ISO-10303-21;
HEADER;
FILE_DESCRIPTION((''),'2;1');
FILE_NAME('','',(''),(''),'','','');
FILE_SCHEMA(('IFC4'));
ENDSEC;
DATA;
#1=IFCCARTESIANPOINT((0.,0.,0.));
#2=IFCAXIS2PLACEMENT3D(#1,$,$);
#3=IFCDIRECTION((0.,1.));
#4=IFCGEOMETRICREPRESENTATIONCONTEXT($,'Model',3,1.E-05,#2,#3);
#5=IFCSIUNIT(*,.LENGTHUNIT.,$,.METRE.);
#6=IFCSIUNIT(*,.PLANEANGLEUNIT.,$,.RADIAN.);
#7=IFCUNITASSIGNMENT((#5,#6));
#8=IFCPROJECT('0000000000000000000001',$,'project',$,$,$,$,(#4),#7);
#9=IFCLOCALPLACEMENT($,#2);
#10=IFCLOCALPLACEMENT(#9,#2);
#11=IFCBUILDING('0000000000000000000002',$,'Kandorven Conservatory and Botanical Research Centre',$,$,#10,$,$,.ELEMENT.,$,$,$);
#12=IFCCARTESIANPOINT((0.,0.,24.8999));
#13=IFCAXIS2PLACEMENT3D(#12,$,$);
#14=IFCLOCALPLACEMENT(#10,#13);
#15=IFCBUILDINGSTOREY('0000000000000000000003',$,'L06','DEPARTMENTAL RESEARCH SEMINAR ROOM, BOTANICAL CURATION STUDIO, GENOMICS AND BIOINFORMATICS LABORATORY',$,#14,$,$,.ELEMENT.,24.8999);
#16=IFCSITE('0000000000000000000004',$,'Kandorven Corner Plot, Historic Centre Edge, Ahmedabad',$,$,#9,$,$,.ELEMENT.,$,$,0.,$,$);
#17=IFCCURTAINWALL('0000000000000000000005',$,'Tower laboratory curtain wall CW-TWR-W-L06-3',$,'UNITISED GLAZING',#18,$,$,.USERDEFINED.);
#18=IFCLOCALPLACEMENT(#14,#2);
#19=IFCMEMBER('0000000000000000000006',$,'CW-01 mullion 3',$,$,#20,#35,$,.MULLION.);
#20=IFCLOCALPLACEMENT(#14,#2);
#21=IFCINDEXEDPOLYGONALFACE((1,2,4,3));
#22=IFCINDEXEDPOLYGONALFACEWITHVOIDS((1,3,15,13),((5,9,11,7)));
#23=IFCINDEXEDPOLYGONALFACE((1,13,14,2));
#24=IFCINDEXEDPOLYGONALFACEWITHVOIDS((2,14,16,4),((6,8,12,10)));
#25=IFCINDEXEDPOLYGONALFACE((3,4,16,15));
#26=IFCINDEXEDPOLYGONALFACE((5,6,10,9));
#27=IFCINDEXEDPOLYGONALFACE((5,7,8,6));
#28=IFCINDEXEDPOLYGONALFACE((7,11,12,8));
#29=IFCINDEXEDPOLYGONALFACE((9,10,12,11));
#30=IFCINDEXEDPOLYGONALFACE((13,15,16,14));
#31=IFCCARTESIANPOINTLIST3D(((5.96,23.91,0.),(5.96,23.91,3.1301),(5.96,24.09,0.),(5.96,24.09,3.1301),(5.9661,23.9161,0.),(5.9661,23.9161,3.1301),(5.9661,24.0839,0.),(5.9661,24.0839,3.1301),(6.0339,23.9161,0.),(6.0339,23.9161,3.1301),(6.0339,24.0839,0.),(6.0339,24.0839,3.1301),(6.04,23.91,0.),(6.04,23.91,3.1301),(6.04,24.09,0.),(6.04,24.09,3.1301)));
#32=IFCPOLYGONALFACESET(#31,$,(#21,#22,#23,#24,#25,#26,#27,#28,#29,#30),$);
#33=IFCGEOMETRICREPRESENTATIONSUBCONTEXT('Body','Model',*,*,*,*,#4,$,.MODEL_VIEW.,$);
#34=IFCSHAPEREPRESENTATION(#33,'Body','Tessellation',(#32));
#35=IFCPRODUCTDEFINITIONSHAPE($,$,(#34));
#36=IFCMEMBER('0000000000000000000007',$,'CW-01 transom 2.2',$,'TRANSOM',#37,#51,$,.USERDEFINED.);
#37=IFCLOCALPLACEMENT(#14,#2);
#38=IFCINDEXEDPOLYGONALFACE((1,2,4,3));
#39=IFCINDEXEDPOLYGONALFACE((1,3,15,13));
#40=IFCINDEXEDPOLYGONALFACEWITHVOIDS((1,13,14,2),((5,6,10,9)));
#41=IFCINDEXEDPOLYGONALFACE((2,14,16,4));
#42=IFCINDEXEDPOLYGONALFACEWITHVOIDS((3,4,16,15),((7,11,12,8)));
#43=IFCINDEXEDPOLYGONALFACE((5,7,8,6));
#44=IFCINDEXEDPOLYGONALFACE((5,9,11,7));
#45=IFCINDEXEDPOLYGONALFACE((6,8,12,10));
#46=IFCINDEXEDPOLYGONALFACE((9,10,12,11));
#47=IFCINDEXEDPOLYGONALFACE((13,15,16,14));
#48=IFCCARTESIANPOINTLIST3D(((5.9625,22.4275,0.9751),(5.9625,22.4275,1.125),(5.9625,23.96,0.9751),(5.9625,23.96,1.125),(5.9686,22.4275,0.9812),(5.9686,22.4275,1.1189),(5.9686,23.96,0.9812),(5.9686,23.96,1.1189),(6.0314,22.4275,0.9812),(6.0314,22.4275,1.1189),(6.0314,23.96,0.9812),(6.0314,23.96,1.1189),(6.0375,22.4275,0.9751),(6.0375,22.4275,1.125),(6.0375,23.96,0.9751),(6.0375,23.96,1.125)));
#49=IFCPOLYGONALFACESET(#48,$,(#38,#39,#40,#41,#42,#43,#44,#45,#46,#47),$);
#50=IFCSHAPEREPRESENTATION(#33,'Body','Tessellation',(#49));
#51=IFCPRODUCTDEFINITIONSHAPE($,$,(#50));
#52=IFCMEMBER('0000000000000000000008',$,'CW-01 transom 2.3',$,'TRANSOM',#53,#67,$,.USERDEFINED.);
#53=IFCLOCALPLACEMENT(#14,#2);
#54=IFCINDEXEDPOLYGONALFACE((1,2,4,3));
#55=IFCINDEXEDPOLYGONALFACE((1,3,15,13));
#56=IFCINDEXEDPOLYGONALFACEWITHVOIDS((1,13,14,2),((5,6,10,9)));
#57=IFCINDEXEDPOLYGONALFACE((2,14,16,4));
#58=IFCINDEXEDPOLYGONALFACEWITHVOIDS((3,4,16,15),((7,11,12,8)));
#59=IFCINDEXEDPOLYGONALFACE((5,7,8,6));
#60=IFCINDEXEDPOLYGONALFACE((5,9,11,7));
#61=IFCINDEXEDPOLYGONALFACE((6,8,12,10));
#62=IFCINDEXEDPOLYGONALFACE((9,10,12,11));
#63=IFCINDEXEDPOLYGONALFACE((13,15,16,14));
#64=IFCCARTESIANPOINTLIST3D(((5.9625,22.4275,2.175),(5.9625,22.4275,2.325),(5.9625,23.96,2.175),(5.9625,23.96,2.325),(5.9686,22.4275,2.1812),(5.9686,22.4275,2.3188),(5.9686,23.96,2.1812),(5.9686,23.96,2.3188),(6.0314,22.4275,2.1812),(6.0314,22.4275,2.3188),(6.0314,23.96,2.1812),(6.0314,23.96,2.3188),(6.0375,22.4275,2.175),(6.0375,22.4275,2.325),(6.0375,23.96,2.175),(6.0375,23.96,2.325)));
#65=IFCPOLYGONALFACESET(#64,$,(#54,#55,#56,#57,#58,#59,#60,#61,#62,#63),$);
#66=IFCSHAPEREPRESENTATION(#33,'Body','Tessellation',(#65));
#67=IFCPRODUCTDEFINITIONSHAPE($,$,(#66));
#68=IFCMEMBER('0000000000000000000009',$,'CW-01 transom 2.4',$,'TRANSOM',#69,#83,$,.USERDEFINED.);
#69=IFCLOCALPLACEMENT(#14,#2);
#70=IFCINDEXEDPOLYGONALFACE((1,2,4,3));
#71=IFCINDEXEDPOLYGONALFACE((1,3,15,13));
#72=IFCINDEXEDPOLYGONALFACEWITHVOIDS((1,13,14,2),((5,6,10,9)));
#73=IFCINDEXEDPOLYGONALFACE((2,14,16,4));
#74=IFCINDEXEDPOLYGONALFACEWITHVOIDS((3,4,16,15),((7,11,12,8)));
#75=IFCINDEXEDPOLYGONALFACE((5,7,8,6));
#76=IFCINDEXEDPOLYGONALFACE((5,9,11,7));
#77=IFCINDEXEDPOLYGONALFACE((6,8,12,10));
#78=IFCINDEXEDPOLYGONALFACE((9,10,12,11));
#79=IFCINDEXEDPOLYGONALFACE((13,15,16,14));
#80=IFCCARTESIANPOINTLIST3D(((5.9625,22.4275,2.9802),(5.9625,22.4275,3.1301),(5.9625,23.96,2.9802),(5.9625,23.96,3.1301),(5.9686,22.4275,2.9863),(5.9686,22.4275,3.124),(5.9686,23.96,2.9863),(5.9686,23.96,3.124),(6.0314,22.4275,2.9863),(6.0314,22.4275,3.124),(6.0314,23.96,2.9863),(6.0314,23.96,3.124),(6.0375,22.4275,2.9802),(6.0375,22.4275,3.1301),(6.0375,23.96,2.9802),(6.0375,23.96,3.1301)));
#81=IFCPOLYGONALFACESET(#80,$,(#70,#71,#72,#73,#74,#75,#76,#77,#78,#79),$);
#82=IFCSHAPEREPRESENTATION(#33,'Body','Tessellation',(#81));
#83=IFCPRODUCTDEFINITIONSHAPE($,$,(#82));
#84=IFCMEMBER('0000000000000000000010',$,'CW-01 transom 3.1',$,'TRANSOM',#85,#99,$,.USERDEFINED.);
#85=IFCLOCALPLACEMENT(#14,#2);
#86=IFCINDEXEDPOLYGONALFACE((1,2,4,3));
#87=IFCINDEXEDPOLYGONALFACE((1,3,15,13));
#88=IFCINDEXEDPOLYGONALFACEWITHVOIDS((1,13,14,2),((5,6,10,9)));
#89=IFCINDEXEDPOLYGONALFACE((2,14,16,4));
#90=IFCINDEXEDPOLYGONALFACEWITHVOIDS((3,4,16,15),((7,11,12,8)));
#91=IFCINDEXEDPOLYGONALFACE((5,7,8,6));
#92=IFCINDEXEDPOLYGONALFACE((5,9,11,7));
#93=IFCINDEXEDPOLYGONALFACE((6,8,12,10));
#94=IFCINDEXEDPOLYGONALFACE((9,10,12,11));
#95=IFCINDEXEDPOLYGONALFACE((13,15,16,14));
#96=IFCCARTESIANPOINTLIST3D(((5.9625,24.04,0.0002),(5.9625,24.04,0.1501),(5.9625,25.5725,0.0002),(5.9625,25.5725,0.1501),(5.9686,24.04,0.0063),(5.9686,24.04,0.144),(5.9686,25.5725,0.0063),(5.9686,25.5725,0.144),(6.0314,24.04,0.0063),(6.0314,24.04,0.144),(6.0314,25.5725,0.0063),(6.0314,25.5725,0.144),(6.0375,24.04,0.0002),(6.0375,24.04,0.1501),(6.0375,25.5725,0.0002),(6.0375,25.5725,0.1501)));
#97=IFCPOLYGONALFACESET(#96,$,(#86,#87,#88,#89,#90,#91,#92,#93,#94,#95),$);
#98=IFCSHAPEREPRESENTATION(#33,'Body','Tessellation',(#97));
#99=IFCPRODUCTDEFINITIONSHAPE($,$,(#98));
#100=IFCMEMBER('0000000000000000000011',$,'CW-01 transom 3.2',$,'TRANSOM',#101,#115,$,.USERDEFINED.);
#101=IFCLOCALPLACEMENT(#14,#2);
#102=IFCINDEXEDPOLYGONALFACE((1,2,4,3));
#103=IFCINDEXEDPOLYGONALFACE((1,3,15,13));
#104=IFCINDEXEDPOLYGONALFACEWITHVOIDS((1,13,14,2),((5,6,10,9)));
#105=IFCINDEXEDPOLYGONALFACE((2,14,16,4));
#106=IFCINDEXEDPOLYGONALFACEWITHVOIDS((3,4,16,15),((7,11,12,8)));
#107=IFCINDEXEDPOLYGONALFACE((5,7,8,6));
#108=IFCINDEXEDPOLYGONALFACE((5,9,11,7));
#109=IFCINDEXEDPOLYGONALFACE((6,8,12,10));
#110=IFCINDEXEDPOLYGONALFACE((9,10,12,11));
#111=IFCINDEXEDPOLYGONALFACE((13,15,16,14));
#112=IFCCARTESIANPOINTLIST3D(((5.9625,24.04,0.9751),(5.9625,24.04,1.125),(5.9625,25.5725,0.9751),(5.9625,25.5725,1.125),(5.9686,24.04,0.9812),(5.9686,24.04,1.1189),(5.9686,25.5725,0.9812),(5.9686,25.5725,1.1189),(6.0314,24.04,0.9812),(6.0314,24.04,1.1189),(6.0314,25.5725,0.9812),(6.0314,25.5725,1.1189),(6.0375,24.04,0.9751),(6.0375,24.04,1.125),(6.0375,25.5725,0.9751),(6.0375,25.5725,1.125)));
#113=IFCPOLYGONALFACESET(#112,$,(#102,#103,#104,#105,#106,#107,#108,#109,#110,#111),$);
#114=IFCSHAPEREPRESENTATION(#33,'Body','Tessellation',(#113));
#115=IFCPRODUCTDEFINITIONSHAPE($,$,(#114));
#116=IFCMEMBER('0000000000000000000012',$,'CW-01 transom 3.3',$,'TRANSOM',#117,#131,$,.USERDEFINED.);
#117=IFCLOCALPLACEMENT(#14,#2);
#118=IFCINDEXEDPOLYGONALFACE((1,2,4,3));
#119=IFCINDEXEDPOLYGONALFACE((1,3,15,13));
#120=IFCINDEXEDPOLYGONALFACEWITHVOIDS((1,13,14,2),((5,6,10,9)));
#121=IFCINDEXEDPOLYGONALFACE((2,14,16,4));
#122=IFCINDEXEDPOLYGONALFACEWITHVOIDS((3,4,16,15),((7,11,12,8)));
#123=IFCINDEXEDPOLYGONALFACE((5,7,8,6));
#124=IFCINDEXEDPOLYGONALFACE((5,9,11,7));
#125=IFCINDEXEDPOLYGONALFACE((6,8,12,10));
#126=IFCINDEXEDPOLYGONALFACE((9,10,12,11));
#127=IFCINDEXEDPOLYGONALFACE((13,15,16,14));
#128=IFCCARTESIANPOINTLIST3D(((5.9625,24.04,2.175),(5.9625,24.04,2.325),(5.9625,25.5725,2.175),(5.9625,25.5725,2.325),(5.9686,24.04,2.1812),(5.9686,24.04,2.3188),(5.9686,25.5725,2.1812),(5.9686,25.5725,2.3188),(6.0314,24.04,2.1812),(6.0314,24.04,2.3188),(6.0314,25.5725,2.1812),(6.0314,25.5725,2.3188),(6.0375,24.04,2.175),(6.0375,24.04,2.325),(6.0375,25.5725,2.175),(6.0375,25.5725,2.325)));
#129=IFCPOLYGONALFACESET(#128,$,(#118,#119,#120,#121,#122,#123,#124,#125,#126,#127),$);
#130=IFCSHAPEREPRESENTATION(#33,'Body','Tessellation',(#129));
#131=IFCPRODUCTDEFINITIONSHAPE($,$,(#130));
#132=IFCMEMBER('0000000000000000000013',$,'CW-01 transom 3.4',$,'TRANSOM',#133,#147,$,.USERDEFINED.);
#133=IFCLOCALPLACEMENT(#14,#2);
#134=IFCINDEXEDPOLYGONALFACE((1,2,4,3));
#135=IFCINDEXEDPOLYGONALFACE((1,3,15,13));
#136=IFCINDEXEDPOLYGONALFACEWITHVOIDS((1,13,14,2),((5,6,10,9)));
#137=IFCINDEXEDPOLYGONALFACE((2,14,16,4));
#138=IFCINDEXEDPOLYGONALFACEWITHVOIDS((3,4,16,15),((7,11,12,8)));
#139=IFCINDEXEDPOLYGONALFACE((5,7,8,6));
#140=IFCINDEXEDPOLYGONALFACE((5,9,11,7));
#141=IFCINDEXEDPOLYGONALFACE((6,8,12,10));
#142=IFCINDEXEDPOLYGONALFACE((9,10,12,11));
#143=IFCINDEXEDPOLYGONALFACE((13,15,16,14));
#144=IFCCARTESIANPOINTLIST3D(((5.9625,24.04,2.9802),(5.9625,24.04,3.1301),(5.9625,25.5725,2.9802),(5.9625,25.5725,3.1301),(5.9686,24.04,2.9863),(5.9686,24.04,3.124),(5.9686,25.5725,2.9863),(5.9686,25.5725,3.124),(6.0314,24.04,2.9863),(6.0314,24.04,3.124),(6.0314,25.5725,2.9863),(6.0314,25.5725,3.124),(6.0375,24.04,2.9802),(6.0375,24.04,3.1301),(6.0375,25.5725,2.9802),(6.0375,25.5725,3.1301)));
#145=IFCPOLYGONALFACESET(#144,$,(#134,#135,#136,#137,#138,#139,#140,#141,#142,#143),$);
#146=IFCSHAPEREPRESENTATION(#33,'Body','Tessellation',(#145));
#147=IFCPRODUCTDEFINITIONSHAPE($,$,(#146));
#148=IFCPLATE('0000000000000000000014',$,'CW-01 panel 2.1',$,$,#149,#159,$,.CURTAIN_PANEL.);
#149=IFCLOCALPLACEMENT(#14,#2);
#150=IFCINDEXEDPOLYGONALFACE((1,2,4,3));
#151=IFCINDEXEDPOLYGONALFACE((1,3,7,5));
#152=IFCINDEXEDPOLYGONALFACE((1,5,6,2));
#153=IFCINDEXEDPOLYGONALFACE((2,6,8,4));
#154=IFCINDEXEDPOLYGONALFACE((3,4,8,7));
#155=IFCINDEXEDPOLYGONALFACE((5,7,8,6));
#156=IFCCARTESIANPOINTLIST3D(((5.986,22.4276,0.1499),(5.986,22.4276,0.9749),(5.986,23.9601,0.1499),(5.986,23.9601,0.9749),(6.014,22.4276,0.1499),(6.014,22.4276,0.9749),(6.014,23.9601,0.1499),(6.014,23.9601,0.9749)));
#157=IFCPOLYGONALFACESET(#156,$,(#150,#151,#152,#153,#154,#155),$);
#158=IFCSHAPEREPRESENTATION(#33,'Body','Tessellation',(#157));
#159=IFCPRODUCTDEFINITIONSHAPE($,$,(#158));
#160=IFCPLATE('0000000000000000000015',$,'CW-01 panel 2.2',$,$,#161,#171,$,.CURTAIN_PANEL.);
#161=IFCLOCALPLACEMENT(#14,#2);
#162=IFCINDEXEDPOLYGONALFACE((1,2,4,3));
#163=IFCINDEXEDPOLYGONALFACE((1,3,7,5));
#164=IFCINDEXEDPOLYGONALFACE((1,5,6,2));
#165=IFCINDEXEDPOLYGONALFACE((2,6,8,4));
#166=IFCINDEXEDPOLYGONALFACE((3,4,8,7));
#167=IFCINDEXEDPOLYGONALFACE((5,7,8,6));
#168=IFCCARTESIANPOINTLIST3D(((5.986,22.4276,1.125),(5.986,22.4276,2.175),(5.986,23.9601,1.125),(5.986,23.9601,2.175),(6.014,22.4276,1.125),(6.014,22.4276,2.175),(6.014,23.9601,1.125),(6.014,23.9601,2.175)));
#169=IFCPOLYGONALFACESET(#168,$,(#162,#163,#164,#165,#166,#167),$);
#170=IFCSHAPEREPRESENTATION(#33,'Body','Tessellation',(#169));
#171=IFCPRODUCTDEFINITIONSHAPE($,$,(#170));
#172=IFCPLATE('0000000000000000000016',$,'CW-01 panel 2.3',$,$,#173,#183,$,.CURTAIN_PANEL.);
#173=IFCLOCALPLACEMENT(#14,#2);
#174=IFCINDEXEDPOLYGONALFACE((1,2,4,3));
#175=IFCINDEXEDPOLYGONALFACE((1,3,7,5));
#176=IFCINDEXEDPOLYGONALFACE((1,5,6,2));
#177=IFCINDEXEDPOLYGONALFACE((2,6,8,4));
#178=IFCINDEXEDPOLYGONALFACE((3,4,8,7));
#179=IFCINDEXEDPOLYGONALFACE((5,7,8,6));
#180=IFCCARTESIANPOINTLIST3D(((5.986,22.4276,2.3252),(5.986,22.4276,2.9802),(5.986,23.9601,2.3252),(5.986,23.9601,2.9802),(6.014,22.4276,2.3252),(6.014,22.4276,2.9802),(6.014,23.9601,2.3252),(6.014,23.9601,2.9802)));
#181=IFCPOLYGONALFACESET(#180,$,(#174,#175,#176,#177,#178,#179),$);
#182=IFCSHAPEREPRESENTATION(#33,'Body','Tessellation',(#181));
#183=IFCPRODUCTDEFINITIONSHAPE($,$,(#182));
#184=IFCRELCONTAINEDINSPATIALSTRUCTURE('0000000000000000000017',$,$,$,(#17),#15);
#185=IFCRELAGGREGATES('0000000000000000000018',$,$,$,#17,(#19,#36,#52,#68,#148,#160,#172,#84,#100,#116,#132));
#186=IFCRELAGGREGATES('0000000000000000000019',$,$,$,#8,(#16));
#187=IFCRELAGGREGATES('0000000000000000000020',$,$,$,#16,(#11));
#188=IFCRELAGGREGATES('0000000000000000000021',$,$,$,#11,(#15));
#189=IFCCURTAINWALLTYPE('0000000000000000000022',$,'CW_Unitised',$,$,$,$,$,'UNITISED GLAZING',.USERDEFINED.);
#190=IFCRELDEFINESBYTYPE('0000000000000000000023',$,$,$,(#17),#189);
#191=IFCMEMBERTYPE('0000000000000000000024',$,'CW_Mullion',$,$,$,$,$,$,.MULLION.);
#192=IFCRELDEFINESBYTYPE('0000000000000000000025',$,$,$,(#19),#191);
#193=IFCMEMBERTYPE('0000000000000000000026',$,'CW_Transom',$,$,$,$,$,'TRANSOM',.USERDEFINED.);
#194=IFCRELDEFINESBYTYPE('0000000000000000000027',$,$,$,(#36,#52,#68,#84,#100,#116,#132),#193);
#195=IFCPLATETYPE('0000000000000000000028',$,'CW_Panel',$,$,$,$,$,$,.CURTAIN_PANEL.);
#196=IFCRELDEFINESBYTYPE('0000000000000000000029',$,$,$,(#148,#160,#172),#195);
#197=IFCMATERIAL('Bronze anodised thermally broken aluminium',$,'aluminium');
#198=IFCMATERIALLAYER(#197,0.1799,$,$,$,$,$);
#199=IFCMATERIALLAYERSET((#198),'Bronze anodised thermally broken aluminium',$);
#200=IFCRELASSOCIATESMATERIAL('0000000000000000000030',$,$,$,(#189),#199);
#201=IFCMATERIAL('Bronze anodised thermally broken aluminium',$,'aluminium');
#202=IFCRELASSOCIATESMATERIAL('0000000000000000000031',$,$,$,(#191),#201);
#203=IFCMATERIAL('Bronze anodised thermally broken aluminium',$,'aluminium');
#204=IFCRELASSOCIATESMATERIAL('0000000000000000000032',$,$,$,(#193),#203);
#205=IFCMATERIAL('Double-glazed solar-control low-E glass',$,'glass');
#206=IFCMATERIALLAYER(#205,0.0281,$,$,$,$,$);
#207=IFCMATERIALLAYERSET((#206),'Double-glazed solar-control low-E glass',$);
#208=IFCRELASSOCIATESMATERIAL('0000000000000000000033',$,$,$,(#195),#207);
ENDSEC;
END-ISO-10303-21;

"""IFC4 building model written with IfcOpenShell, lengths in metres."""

from ifc_helpers import new_model, si_unit, direction, frame, origin, origin_2d, place, context, subcontext, project, spatial, rectangle, hollow_rectangle, extrude, material, layer, layer_set, material_profile, profile_set, type_object, element, aggregate, save


model = new_model("IFC4")

# Units and contexts
model_context = context("Model", 3, precision=1e-05, world=origin(), true_north=direction((0.0, 1.0)))
body_context = subcontext(model_context, "Body", "Model", "MODEL_VIEW")
ifc_project = project(units=[si_unit("LENGTHUNIT", "METRE"), si_unit("PLANEANGLEUNIT", "RADIAN")], contexts=[model_context])

# Site, building, storey
site_placement = place(None, origin())
site = spatial("IfcSite", under=ifc_project, at=site_placement, Name="Kandorven Corner Plot, Historic Centre Edge, Ahmedabad", CompositionType="ELEMENT", RefElevation=0.0)
building_placement = place(site_placement, origin())
building = spatial("IfcBuilding", under=site, at=building_placement, Name="Kandorven Conservatory and Botanical Research Centre", CompositionType="ELEMENT")
storey_placement = place(building_placement, frame((0.0, 0.0, 24.8999)))
storey = spatial("IfcBuildingStorey", under=building, at=storey_placement, Name="L06", Description="DEPARTMENTAL RESEARCH SEMINAR ROOM, BOTANICAL CURATION STUDIO, GENOMICS AND BIOINFORMATICS LABORATORY", CompositionType="ELEMENT", Elevation=24.8999)

# Curtain wall, members, plates
ifc_material_1 = material(Name="Bronze anodised thermally broken aluminium", Category="aluminium")
ifc_layer_1 = layer(ifc_material_1, 0.1799)
ifc_layer_set_1 = layer_set([ifc_layer_1], Name="Bronze anodised thermally broken aluminium")
curtain_wall_type = type_object("IfcCurtainWallType", Name="CW_Unitised", ElementType="UNITISED GLAZING", PredefinedType="USERDEFINED", material=ifc_layer_set_1)
curtain_wall_placement = place(storey_placement, origin())
curtain_wall = element("IfcCurtainWall", 1, at=curtain_wall_placement, inside=storey, type_object=curtain_wall_type, Name="Tower laboratory curtain wall CW-TWR-W-L06-3", ObjectType="UNITISED GLAZING", PredefinedType="USERDEFINED")
ifc_material_2 = material(Name="Bronze anodised thermally broken aluminium", Category="aluminium")
ifc_material_profile_1 = material_profile(ifc_material_2, hollow_rectangle(XDim=0.0801, YDim=0.1799, WallThickness=0.0061, at=origin_2d()))
ifc_profile_set_1 = profile_set([ifc_material_profile_1], Name="Bronze anodised thermally broken aluminium")
member_type_1 = type_object("IfcMemberType", Name="CW_Mullion", PredefinedType="MULLION", material=ifc_profile_set_1)
member_1_placement = place(storey_placement, frame((6.0, 24.0, 0.0), z_axis=(0.0, 0.0, 1.0), x_axis=(-1.0, 0.0, 0.0)))
member_1 = element("IfcMember", 2, at=member_1_placement, type_object=member_type_1, Name="CW-01 mullion 3", PredefinedType="MULLION", context=body_context, shape_type="SweptSolid", body=[
    extrude(hollow_rectangle(XDim=0.0801, YDim=0.1799, WallThickness=0.0061, at=origin_2d()), origin(), (0.0, 0.0, 1.0), 3.1301),
])
ifc_material_3 = material(Name="Bronze anodised thermally broken aluminium", Category="aluminium")
ifc_material_profile_2 = material_profile(ifc_material_3, hollow_rectangle(XDim=0.075, YDim=0.1499, WallThickness=0.0061, at=origin_2d()))
ifc_profile_set_2 = profile_set([ifc_material_profile_2], Name="Bronze anodised thermally broken aluminium")
member_type_2 = type_object("IfcMemberType", Name="CW_Transom", ElementType="TRANSOM", PredefinedType="USERDEFINED", material=ifc_profile_set_2)
member_2_placement = place(storey_placement, frame((6.0, 22.4275, 1.05), z_axis=(0.0, 1.0, 0.0), x_axis=(-1.0, 0.0, 0.0)))
member_2 = element("IfcMember", 3, at=member_2_placement, type_object=member_type_2, Name="CW-01 transom 2.2", ObjectType="TRANSOM", PredefinedType="USERDEFINED", context=body_context, shape_type="SweptSolid", body=[
    extrude(hollow_rectangle(XDim=0.075, YDim=0.1499, WallThickness=0.0061, at=origin_2d()), origin(), (0.0, 0.0, 1.0), 1.5325),
])
member_3_placement = place(storey_placement, frame((6.0, 22.4275, 2.25), z_axis=(0.0, 1.0, 0.0), x_axis=(-1.0, 0.0, 0.0)))
member_3 = element("IfcMember", 4, at=member_3_placement, type_object=member_type_2, Name="CW-01 transom 2.3", ObjectType="TRANSOM", PredefinedType="USERDEFINED", context=body_context, shape_type="SweptSolid", body=[
    extrude(hollow_rectangle(XDim=0.075, YDim=0.1499, WallThickness=0.0061, at=origin_2d()), origin(), (0.0, 0.0, 1.0), 1.5325),
])
member_4_placement = place(storey_placement, frame((6.0, 22.4275, 3.0552), z_axis=(0.0, 1.0, 0.0), x_axis=(-1.0, 0.0, 0.0)))
member_4 = element("IfcMember", 5, at=member_4_placement, type_object=member_type_2, Name="CW-01 transom 2.4", ObjectType="TRANSOM", PredefinedType="USERDEFINED", context=body_context, shape_type="SweptSolid", body=[
    extrude(hollow_rectangle(XDim=0.075, YDim=0.1499, WallThickness=0.0061, at=origin_2d()), origin(), (0.0, 0.0, 1.0), 1.5325),
])
member_5_placement = place(storey_placement, frame((6.0, 24.04, 0.0752), z_axis=(0.0, 1.0, 0.0), x_axis=(-1.0, 0.0, 0.0)))
member_5 = element("IfcMember", 6, at=member_5_placement, type_object=member_type_2, Name="CW-01 transom 3.1", ObjectType="TRANSOM", PredefinedType="USERDEFINED", context=body_context, shape_type="SweptSolid", body=[
    extrude(hollow_rectangle(XDim=0.075, YDim=0.1499, WallThickness=0.0061, at=origin_2d()), origin(), (0.0, 0.0, 1.0), 1.5325),
])
member_6_placement = place(storey_placement, frame((6.0, 24.04, 1.05), z_axis=(0.0, 1.0, 0.0), x_axis=(-1.0, 0.0, 0.0)))
member_6 = element("IfcMember", 7, at=member_6_placement, type_object=member_type_2, Name="CW-01 transom 3.2", ObjectType="TRANSOM", PredefinedType="USERDEFINED", context=body_context, shape_type="SweptSolid", body=[
    extrude(hollow_rectangle(XDim=0.075, YDim=0.1499, WallThickness=0.0061, at=origin_2d()), origin(), (0.0, 0.0, 1.0), 1.5325),
])
member_7_placement = place(storey_placement, frame((6.0, 24.04, 2.25), z_axis=(0.0, 1.0, 0.0), x_axis=(-1.0, 0.0, 0.0)))
member_7 = element("IfcMember", 8, at=member_7_placement, type_object=member_type_2, Name="CW-01 transom 3.3", ObjectType="TRANSOM", PredefinedType="USERDEFINED", context=body_context, shape_type="SweptSolid", body=[
    extrude(hollow_rectangle(XDim=0.075, YDim=0.1499, WallThickness=0.0061, at=origin_2d()), origin(), (0.0, 0.0, 1.0), 1.5325),
])
member_8_placement = place(storey_placement, frame((6.0, 24.04, 3.0552), z_axis=(0.0, 1.0, 0.0), x_axis=(-1.0, 0.0, 0.0)))
member_8 = element("IfcMember", 9, at=member_8_placement, type_object=member_type_2, Name="CW-01 transom 3.4", ObjectType="TRANSOM", PredefinedType="USERDEFINED", context=body_context, shape_type="SweptSolid", body=[
    extrude(hollow_rectangle(XDim=0.075, YDim=0.1499, WallThickness=0.0061, at=origin_2d()), origin(), (0.0, 0.0, 1.0), 1.5325),
])
ifc_material_4 = material(Name="Double-glazed solar-control low-E glass", Category="glass")
ifc_layer_2 = layer(ifc_material_4, 0.0281)
ifc_layer_set_2 = layer_set([ifc_layer_2], Name="Double-glazed solar-control low-E glass")
plate_type = type_object("IfcPlateType", Name="CW_Panel", PredefinedType="CURTAIN_PANEL", material=ifc_layer_set_2)
plate_1_placement = place(storey_placement, frame((6.0, 23.1938, 0.1499), z_axis=(0.0, 0.0, 1.0), x_axis=(0.0, 1.0, 0.0)))
plate_1 = element("IfcPlate", 10, at=plate_1_placement, type_object=plate_type, Name="CW-01 panel 2.1", PredefinedType="CURTAIN_PANEL", context=body_context, shape_type="SweptSolid", body=[
    extrude(rectangle(XDim=1.5325, YDim=0.0281, at=origin_2d()), origin(), (0.0, 0.0, 1.0), 0.825),
])
plate_2_placement = place(storey_placement, frame((6.0, 23.1938, 1.125), z_axis=(0.0, 0.0, 1.0), x_axis=(0.0, 1.0, 0.0)))
plate_2 = element("IfcPlate", 11, at=plate_2_placement, type_object=plate_type, Name="CW-01 panel 2.2", PredefinedType="CURTAIN_PANEL", context=body_context, shape_type="SweptSolid", body=[
    extrude(rectangle(XDim=1.5325, YDim=0.0281, at=origin_2d()), origin(), (0.0, 0.0, 1.0), 1.05),
])
plate_3_placement = place(storey_placement, frame((6.0, 23.1938, 2.3252), z_axis=(0.0, 0.0, 1.0), x_axis=(0.0, 1.0, 0.0)))
plate_3 = element("IfcPlate", 12, at=plate_3_placement, type_object=plate_type, Name="CW-01 panel 2.3", PredefinedType="CURTAIN_PANEL", context=body_context, shape_type="SweptSolid", body=[
    extrude(rectangle(XDim=1.5325, YDim=0.0281, at=origin_2d()), origin(), (0.0, 0.0, 1.0), 0.655),
])
aggregate(curtain_wall, [member_1, member_2, member_3, member_4, plate_1, plate_2, plate_3, member_5, member_6, member_7, member_8])

save(model, "model.ifc")
